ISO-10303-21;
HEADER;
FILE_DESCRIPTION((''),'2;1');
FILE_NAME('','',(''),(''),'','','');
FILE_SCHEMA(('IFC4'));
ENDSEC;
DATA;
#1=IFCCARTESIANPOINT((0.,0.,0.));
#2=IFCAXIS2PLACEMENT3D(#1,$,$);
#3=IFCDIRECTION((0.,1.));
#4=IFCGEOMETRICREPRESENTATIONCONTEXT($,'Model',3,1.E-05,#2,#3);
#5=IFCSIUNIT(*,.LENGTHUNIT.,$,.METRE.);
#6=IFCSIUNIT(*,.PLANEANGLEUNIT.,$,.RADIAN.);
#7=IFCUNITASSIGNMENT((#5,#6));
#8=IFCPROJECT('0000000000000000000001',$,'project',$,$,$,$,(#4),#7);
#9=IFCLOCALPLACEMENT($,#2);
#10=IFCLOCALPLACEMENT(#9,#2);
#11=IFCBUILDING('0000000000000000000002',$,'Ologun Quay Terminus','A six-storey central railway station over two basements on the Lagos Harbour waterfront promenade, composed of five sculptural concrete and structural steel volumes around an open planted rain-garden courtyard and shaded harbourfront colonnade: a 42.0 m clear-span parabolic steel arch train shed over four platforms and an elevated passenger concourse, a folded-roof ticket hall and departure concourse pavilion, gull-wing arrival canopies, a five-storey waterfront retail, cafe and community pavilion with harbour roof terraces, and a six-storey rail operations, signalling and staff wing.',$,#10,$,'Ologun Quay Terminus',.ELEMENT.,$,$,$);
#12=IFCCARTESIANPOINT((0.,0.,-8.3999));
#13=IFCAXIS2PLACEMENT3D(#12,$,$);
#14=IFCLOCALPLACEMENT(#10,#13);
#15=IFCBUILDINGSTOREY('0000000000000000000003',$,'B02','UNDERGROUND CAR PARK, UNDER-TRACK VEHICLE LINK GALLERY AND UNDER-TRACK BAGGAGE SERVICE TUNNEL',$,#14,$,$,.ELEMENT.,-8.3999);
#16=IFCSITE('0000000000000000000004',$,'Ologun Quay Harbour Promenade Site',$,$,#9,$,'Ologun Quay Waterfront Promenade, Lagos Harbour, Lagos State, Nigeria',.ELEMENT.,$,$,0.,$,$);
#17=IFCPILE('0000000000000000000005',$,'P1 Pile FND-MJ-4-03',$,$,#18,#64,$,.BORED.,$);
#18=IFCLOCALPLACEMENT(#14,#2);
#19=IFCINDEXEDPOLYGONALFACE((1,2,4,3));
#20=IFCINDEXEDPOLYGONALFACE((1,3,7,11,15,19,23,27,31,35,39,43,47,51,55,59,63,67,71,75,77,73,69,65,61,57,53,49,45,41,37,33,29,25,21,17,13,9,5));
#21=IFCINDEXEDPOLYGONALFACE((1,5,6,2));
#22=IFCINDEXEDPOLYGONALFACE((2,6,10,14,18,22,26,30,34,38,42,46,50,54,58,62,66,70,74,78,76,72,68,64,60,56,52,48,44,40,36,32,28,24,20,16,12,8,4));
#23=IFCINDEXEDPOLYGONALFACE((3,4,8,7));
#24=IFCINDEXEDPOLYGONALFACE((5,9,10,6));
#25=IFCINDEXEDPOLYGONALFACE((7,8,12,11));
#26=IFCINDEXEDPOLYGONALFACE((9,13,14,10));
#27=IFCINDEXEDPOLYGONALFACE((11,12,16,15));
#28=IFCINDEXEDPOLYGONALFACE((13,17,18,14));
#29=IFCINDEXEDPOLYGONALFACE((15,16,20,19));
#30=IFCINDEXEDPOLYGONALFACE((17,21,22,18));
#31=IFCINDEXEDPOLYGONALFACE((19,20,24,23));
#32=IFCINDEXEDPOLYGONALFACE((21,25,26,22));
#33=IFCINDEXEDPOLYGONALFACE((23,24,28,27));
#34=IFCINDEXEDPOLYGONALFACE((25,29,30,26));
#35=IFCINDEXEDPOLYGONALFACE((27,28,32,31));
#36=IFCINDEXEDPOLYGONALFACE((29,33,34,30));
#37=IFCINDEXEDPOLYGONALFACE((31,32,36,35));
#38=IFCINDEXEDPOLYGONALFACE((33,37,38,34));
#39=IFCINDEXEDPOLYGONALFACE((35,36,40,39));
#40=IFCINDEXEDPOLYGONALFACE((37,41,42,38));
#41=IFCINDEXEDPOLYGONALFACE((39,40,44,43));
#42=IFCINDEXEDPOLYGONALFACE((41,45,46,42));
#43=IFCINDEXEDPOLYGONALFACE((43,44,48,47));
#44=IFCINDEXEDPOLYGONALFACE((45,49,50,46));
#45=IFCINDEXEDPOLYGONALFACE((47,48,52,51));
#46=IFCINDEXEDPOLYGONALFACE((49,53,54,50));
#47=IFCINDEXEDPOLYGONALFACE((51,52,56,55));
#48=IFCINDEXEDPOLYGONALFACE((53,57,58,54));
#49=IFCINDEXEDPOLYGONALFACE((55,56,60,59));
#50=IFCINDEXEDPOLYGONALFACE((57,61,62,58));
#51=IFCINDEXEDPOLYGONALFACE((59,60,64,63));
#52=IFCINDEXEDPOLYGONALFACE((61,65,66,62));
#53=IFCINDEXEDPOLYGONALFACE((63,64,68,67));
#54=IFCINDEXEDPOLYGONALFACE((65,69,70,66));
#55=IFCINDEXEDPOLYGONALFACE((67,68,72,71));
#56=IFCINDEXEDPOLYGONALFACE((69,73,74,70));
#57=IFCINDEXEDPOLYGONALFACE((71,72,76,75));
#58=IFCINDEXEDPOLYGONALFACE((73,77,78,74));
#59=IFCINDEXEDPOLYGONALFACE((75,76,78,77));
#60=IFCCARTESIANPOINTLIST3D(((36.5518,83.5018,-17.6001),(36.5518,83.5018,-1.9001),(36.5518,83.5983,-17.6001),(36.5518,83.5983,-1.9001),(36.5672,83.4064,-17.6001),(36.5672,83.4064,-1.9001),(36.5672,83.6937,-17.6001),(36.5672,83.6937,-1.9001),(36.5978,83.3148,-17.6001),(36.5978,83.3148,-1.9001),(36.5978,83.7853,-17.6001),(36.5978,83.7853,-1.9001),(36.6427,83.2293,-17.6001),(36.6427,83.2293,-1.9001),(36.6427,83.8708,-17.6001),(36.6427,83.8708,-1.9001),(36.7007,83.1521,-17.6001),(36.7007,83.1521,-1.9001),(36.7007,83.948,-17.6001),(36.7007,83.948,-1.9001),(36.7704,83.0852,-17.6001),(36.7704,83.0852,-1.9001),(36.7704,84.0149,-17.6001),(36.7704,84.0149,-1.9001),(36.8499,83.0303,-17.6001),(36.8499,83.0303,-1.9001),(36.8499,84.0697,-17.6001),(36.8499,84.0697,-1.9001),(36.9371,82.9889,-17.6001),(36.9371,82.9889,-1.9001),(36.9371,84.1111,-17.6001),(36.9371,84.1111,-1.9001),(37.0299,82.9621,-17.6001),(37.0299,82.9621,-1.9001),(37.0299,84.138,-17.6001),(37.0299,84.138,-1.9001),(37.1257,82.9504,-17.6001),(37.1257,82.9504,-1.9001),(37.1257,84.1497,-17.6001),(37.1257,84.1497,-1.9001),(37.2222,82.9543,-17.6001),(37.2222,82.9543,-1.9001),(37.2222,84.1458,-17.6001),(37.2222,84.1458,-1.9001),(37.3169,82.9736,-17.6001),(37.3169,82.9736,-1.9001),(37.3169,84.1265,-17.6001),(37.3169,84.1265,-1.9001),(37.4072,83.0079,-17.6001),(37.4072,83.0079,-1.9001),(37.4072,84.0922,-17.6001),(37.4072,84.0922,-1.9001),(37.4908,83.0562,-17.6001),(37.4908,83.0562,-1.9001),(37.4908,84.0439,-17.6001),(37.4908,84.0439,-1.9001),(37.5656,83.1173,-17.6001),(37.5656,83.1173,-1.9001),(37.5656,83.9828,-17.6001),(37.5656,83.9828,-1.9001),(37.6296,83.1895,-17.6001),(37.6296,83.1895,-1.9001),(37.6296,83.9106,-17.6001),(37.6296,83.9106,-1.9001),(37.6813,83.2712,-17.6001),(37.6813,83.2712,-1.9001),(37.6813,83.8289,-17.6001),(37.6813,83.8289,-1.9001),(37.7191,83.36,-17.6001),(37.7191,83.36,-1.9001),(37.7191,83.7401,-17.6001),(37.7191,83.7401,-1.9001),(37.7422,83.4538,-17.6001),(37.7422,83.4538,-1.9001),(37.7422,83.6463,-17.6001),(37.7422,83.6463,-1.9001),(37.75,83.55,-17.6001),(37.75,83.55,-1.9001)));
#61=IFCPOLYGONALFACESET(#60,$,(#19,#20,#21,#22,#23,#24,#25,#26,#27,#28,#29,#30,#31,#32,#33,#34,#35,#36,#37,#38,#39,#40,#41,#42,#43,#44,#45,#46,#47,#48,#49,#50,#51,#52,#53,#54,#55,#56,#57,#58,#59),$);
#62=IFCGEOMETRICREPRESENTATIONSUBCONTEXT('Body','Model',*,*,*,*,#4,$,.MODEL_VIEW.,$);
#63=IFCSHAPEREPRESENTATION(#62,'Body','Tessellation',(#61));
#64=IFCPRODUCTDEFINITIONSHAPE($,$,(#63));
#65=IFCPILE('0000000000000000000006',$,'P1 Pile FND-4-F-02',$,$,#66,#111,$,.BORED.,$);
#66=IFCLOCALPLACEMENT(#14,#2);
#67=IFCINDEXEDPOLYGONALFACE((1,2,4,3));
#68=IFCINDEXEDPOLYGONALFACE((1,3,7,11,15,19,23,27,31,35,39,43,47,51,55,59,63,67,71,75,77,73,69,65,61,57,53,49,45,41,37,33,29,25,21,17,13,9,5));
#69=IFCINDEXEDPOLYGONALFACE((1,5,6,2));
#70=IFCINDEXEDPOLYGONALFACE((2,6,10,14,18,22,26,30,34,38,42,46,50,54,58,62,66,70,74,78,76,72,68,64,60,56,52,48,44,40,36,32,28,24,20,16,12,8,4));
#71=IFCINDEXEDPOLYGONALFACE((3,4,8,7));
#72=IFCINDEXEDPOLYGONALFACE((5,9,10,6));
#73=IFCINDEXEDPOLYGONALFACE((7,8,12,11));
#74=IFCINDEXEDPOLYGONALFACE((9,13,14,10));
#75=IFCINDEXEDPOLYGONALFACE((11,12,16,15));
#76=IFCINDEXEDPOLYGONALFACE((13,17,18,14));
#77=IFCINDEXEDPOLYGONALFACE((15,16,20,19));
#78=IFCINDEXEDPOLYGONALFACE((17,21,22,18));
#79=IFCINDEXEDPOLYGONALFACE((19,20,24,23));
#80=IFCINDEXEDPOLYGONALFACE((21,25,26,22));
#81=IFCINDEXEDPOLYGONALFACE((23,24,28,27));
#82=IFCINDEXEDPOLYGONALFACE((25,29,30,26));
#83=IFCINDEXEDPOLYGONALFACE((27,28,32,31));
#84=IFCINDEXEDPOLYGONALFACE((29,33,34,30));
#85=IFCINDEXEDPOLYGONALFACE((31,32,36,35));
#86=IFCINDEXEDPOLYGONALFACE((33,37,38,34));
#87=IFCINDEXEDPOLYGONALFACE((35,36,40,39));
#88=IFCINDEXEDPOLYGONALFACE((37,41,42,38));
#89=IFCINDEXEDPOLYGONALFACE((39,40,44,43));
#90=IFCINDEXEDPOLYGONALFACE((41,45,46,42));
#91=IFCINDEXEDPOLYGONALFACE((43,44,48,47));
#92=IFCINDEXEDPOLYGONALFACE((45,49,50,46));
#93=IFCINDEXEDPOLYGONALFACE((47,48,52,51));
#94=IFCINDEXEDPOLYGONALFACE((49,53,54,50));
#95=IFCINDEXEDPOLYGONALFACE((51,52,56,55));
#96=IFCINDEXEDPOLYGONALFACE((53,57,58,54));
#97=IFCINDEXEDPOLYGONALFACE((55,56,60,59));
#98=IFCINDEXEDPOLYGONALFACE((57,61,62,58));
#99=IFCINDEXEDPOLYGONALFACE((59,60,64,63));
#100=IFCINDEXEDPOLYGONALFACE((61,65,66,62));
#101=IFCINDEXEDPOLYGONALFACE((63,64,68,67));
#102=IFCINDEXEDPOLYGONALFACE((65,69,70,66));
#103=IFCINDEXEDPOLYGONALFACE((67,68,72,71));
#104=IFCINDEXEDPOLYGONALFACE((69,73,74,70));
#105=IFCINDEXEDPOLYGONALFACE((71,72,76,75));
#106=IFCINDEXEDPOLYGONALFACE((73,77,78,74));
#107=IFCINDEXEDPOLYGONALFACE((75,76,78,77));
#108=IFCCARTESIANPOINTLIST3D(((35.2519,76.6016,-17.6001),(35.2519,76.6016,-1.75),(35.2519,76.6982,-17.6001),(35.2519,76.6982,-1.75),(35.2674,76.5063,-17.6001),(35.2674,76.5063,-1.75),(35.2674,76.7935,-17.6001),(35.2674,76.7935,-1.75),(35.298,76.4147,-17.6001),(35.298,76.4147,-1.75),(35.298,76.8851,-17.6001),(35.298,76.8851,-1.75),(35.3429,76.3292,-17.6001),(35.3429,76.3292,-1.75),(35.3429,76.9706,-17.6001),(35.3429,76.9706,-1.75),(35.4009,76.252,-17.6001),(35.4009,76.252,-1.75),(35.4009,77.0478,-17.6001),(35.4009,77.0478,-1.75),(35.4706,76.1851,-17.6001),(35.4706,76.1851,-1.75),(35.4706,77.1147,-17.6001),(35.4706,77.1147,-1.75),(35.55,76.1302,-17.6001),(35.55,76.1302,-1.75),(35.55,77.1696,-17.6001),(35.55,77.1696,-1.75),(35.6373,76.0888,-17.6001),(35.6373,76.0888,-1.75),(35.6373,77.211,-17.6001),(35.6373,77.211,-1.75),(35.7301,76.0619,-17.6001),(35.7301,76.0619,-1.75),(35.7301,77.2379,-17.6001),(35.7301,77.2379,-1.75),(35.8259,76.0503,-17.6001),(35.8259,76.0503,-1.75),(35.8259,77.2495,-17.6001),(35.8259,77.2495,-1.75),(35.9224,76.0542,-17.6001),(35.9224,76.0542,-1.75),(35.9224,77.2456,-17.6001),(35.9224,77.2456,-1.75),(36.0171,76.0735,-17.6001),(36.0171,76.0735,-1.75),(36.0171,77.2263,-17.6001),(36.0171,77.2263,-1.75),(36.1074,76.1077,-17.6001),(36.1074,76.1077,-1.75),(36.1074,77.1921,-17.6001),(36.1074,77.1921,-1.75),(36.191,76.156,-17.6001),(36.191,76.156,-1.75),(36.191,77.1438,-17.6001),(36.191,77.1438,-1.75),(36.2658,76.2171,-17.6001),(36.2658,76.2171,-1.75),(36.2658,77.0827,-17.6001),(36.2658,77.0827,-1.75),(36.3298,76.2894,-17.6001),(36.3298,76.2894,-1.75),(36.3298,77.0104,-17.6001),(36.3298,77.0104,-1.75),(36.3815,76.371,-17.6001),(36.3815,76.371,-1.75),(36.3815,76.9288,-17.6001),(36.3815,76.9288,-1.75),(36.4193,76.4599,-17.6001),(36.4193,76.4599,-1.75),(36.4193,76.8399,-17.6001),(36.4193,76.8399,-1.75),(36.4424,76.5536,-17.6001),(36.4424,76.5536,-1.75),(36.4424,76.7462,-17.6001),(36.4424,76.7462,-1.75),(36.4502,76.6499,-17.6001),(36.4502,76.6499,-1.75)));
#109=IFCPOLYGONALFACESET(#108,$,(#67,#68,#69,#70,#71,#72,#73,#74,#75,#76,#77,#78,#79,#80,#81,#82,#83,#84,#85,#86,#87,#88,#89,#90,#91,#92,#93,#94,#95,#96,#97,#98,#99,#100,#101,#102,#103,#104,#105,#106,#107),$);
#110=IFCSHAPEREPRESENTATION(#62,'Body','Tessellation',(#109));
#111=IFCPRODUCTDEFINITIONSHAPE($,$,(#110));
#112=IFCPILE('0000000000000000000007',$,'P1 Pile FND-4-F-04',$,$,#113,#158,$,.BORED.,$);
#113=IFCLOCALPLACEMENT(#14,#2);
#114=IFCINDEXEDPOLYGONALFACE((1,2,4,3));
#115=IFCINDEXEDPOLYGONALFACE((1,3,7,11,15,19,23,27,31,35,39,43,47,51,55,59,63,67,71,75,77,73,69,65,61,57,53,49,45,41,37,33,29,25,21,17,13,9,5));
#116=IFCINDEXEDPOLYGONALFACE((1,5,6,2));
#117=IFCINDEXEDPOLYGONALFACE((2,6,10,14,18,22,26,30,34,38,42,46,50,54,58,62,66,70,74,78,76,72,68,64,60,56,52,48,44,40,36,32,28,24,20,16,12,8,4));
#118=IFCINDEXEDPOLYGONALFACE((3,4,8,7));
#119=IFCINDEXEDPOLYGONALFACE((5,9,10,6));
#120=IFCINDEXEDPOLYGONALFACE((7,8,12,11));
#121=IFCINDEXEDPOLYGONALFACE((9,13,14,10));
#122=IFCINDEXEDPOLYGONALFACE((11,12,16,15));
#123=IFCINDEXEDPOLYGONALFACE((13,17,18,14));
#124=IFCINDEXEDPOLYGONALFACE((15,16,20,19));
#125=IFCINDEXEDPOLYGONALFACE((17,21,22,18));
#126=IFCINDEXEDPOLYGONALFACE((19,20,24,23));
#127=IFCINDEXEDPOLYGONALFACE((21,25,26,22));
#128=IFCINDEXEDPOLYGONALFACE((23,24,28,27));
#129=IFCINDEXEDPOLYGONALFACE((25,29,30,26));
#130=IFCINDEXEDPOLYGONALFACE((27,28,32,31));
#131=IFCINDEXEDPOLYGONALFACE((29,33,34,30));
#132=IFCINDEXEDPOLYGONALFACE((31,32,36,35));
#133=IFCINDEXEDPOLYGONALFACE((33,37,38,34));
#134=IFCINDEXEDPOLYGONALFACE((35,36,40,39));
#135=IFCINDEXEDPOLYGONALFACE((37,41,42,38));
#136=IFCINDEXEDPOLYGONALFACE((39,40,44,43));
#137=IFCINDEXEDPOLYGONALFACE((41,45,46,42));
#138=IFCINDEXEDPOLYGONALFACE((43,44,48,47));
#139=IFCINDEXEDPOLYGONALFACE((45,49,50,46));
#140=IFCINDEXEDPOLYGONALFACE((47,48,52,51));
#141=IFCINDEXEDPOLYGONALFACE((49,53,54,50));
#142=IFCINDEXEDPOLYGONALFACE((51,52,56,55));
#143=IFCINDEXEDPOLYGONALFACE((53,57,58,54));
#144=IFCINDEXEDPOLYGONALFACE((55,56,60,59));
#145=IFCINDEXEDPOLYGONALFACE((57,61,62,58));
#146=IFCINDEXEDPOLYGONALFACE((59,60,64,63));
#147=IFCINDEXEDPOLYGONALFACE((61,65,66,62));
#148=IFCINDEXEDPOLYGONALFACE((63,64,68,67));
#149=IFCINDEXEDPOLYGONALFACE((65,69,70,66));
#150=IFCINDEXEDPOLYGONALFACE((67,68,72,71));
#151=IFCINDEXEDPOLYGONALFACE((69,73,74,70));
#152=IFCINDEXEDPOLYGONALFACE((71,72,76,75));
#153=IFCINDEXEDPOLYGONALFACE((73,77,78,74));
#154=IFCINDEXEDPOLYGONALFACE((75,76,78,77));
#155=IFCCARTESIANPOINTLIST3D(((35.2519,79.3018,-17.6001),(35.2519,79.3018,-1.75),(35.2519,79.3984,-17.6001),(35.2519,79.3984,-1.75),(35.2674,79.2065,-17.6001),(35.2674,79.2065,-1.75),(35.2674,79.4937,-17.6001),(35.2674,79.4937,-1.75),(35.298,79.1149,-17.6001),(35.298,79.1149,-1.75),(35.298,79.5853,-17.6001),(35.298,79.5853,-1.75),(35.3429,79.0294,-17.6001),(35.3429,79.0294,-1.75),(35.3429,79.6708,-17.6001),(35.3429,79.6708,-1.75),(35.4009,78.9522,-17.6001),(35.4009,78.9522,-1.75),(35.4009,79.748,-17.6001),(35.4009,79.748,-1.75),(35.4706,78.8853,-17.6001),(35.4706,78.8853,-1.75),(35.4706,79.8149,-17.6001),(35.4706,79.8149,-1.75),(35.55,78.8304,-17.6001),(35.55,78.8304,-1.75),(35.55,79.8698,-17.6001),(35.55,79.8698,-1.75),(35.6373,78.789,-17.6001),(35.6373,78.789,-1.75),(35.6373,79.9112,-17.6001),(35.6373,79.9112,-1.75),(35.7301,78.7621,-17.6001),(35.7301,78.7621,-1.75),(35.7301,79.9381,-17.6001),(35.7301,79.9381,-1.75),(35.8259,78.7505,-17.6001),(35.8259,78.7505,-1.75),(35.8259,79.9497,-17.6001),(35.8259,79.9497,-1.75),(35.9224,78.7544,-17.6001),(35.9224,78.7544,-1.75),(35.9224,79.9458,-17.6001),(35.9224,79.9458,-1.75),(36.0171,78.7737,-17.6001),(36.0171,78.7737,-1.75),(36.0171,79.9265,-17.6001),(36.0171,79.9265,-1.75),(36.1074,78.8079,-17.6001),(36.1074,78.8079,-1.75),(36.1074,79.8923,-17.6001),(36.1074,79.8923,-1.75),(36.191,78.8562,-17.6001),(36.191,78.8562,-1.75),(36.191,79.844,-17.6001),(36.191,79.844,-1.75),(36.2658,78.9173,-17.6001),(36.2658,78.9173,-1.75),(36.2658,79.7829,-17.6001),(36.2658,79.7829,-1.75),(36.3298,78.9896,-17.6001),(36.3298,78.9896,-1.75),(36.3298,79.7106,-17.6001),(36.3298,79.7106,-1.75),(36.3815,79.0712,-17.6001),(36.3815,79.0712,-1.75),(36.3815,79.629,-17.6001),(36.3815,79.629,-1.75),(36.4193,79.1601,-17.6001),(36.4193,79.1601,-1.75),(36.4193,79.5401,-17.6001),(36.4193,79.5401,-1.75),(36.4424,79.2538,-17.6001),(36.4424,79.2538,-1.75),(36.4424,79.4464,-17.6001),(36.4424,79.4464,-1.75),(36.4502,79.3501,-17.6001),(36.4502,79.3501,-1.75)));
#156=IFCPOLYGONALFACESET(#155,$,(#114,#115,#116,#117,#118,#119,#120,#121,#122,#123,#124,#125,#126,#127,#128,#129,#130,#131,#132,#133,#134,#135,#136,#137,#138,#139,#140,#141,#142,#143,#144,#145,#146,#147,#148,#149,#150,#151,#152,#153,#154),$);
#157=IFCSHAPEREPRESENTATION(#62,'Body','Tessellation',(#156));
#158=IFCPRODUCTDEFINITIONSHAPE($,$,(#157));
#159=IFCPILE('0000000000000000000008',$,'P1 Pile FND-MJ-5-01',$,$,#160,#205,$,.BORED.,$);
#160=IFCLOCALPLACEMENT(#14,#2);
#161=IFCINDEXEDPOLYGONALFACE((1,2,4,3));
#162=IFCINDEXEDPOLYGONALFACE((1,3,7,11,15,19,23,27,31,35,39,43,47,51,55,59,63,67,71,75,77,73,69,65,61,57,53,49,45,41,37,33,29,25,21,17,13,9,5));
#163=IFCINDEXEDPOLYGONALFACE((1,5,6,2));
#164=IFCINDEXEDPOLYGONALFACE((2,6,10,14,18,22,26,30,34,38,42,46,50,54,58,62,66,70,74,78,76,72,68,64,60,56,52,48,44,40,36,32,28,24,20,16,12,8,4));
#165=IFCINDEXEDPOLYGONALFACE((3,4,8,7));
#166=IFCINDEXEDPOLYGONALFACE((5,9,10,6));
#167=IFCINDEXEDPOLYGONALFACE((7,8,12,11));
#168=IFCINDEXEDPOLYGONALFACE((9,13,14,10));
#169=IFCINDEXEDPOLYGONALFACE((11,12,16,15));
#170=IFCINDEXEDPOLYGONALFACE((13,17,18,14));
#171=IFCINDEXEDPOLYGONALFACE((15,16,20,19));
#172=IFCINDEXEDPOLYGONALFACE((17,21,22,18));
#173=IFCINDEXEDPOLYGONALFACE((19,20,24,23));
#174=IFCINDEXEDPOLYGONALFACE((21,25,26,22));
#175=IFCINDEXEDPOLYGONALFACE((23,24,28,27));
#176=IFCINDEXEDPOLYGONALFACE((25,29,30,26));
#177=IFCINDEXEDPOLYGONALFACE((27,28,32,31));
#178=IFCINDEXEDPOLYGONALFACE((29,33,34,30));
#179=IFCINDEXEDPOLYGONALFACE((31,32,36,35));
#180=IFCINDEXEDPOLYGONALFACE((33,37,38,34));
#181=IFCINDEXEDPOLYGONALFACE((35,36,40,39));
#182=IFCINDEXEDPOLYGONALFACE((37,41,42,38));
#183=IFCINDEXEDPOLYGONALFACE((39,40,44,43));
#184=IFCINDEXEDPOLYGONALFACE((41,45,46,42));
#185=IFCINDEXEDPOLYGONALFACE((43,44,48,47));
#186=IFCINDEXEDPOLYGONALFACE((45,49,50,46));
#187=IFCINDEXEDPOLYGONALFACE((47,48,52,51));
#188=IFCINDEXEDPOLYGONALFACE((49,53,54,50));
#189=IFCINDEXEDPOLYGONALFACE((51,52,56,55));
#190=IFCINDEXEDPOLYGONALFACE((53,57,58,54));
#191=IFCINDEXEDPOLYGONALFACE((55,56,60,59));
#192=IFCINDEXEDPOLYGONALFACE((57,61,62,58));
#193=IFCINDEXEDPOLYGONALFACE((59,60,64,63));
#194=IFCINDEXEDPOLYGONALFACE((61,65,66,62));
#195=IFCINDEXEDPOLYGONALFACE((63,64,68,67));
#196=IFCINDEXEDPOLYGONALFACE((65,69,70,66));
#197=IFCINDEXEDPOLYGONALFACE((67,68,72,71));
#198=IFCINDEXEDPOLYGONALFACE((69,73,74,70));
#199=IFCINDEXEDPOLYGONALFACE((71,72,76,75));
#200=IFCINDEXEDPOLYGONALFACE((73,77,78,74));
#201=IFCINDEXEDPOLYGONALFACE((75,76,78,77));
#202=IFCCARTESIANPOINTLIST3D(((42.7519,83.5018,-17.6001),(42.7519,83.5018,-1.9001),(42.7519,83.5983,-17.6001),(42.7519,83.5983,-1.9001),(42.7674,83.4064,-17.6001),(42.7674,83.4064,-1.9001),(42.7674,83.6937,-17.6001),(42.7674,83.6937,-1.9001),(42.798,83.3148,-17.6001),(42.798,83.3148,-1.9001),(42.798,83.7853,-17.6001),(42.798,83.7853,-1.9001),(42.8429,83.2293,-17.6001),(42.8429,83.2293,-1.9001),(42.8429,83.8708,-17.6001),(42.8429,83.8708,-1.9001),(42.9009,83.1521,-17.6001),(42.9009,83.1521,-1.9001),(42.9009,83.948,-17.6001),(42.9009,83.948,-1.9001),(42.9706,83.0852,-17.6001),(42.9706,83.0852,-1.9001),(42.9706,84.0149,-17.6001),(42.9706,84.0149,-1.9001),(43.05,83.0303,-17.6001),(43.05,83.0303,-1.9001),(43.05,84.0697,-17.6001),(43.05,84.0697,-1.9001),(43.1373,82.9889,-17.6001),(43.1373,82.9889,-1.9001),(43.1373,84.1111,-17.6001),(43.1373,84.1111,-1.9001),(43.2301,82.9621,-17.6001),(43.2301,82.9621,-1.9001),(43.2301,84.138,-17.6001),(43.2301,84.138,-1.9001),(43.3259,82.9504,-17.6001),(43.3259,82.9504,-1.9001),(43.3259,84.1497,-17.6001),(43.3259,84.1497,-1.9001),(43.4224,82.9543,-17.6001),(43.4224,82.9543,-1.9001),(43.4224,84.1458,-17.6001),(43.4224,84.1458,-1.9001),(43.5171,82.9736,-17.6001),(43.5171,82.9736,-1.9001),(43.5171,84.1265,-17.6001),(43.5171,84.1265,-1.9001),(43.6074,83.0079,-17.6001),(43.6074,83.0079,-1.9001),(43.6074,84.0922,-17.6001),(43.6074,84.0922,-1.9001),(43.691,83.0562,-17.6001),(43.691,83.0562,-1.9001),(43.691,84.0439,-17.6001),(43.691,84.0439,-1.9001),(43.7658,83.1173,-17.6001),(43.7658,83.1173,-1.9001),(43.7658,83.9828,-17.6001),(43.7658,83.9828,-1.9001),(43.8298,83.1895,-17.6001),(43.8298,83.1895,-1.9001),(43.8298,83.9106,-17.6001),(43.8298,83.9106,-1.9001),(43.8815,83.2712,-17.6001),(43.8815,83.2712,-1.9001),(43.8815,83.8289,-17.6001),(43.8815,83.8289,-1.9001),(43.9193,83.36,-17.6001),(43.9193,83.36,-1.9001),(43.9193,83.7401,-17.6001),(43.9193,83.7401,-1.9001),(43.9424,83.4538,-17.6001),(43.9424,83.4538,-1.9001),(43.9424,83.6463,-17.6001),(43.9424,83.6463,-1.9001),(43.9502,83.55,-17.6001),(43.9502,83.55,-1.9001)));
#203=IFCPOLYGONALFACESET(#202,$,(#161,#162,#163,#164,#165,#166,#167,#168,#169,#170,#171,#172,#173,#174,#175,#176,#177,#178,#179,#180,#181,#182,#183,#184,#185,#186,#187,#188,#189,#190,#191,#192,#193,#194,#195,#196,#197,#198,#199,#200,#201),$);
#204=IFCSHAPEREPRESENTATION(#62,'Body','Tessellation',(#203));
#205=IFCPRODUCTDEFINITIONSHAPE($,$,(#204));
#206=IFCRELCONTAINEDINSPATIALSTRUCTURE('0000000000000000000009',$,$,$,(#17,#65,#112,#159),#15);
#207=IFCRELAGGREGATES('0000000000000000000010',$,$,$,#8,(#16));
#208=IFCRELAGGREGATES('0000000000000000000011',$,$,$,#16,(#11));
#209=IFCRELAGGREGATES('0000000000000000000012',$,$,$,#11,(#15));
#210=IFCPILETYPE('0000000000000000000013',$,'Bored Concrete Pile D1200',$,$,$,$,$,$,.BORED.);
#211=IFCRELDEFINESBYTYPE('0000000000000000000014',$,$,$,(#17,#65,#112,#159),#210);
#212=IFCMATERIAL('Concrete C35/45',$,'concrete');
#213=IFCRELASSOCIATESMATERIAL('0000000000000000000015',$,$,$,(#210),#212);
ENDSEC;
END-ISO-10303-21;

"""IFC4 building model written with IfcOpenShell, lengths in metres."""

from ifc_helpers import new_model, si_unit, direction, frame, origin, origin_2d, place, context, subcontext, project, spatial, circle, extrude, material, material_profile, profile_set, type_object, element, save


model = new_model("IFC4")

# Units and contexts
model_context = context("Model", 3, precision=1e-05, world=origin(), true_north=direction((0.0, 1.0)))
body_context = subcontext(model_context, "Body", "Model", "MODEL_VIEW")
ifc_project = project(units=[si_unit("LENGTHUNIT", "METRE"), si_unit("PLANEANGLEUNIT", "RADIAN")], contexts=[model_context])

# Site, building, storey
site_placement = place(None, origin())
site = spatial("IfcSite", under=ifc_project, at=site_placement, Name="Ologun Quay Harbour Promenade Site", LongName="Ologun Quay Waterfront Promenade, Lagos Harbour, Lagos State, Nigeria", CompositionType="ELEMENT", RefElevation=0.0)
building_placement = place(site_placement, origin())
building = spatial("IfcBuilding", under=site, at=building_placement, Name="Ologun Quay Terminus", Description="A six-storey central railway station over two basements on the Lagos Harbour waterfront promenade, composed of five sculptural concrete and structural steel volumes around an open planted rain-garden courtyard and shaded harbourfront colonnade: a 42.0 m clear-span parabolic steel arch train shed over four platforms and an elevated passenger concourse, a folded-roof ticket hall and departure concourse pavilion, gull-wing arrival canopies, a five-storey waterfront retail, cafe and community pavilion with harbour roof terraces, and a six-storey rail operations, signalling and staff wing.", LongName="Ologun Quay Terminus", CompositionType="ELEMENT")
storey_placement = place(building_placement, frame((0.0, 0.0, -8.3999)))
storey = spatial("IfcBuildingStorey", under=building, at=storey_placement, Name="B02", Description="UNDERGROUND CAR PARK, UNDER-TRACK VEHICLE LINK GALLERY AND UNDER-TRACK BAGGAGE SERVICE TUNNEL", CompositionType="ELEMENT", Elevation=-8.3999)

# Piles
ifc_material_1 = material(Name="Concrete C35/45", Category="concrete")
ifc_material_profile_1 = material_profile(ifc_material_1, circle(Radius=0.6001, at=origin_2d()), Name="PILE D1200")
ifc_profile_set_1 = profile_set([ifc_material_profile_1], Name="Concrete C35/45")
pile_type = type_object("IfcPileType", Name="Bored Concrete Pile D1200", PredefinedType="BORED", material=ifc_profile_set_1)
pile_placement = place(storey_placement, frame((37.1499, 83.55, -1.9001), z_axis=(0.0, 0.0, -1.0), x_axis=(1.0, 0.0, 0.0)))
element("IfcPile", 1, at=pile_placement, inside=storey, type_object=pile_type, Name="P1 Pile FND-MJ-4-03", PredefinedType="BORED", context=body_context, shape_type="SweptSolid", body=[
    extrude(circle(Radius=0.6001, at=origin_2d()), origin(), (0.0, 0.0, 1.0), 15.7),
])
for number, where, z_axis, x_axis, name in (
    (2, (35.8501, 76.6499, -1.75), (0.0, 0.0, -1.0), (1.0, 0.0, 0.0), "P1 Pile FND-4-F-02"),
    (3, (35.8501, 79.3501, -1.75), (0.0, 0.0, -1.0), (1.0, 0.0, 0.0), "P1 Pile FND-4-F-04"),
):
    element("IfcPile", number, at=place(storey_placement, frame(where, z_axis=z_axis, x_axis=x_axis)), inside=storey, type_object=pile_type, Name=name, PredefinedType="BORED", context=body_context, shape_type="SweptSolid", body=[
        extrude(circle(Radius=0.6001, at=origin_2d()), origin(), (0.0, 0.0, 1.0), 15.8501),
    ])
for number, where, z_axis, x_axis, name in (
    (4, (43.3501, 83.55, -1.9001), (0.0, 0.0, -1.0), (1.0, 0.0, 0.0), "P1 Pile FND-MJ-5-01"),
):
    element("IfcPile", number, at=place(storey_placement, frame(where, z_axis=z_axis, x_axis=x_axis)), inside=storey, type_object=pile_type, Name=name, PredefinedType="BORED", context=body_context, shape_type="SweptSolid", body=[
        extrude(circle(Radius=0.6001, at=origin_2d()), origin(), (0.0, 0.0, 1.0), 15.7),
    ])

save(model, "model.ifc")
